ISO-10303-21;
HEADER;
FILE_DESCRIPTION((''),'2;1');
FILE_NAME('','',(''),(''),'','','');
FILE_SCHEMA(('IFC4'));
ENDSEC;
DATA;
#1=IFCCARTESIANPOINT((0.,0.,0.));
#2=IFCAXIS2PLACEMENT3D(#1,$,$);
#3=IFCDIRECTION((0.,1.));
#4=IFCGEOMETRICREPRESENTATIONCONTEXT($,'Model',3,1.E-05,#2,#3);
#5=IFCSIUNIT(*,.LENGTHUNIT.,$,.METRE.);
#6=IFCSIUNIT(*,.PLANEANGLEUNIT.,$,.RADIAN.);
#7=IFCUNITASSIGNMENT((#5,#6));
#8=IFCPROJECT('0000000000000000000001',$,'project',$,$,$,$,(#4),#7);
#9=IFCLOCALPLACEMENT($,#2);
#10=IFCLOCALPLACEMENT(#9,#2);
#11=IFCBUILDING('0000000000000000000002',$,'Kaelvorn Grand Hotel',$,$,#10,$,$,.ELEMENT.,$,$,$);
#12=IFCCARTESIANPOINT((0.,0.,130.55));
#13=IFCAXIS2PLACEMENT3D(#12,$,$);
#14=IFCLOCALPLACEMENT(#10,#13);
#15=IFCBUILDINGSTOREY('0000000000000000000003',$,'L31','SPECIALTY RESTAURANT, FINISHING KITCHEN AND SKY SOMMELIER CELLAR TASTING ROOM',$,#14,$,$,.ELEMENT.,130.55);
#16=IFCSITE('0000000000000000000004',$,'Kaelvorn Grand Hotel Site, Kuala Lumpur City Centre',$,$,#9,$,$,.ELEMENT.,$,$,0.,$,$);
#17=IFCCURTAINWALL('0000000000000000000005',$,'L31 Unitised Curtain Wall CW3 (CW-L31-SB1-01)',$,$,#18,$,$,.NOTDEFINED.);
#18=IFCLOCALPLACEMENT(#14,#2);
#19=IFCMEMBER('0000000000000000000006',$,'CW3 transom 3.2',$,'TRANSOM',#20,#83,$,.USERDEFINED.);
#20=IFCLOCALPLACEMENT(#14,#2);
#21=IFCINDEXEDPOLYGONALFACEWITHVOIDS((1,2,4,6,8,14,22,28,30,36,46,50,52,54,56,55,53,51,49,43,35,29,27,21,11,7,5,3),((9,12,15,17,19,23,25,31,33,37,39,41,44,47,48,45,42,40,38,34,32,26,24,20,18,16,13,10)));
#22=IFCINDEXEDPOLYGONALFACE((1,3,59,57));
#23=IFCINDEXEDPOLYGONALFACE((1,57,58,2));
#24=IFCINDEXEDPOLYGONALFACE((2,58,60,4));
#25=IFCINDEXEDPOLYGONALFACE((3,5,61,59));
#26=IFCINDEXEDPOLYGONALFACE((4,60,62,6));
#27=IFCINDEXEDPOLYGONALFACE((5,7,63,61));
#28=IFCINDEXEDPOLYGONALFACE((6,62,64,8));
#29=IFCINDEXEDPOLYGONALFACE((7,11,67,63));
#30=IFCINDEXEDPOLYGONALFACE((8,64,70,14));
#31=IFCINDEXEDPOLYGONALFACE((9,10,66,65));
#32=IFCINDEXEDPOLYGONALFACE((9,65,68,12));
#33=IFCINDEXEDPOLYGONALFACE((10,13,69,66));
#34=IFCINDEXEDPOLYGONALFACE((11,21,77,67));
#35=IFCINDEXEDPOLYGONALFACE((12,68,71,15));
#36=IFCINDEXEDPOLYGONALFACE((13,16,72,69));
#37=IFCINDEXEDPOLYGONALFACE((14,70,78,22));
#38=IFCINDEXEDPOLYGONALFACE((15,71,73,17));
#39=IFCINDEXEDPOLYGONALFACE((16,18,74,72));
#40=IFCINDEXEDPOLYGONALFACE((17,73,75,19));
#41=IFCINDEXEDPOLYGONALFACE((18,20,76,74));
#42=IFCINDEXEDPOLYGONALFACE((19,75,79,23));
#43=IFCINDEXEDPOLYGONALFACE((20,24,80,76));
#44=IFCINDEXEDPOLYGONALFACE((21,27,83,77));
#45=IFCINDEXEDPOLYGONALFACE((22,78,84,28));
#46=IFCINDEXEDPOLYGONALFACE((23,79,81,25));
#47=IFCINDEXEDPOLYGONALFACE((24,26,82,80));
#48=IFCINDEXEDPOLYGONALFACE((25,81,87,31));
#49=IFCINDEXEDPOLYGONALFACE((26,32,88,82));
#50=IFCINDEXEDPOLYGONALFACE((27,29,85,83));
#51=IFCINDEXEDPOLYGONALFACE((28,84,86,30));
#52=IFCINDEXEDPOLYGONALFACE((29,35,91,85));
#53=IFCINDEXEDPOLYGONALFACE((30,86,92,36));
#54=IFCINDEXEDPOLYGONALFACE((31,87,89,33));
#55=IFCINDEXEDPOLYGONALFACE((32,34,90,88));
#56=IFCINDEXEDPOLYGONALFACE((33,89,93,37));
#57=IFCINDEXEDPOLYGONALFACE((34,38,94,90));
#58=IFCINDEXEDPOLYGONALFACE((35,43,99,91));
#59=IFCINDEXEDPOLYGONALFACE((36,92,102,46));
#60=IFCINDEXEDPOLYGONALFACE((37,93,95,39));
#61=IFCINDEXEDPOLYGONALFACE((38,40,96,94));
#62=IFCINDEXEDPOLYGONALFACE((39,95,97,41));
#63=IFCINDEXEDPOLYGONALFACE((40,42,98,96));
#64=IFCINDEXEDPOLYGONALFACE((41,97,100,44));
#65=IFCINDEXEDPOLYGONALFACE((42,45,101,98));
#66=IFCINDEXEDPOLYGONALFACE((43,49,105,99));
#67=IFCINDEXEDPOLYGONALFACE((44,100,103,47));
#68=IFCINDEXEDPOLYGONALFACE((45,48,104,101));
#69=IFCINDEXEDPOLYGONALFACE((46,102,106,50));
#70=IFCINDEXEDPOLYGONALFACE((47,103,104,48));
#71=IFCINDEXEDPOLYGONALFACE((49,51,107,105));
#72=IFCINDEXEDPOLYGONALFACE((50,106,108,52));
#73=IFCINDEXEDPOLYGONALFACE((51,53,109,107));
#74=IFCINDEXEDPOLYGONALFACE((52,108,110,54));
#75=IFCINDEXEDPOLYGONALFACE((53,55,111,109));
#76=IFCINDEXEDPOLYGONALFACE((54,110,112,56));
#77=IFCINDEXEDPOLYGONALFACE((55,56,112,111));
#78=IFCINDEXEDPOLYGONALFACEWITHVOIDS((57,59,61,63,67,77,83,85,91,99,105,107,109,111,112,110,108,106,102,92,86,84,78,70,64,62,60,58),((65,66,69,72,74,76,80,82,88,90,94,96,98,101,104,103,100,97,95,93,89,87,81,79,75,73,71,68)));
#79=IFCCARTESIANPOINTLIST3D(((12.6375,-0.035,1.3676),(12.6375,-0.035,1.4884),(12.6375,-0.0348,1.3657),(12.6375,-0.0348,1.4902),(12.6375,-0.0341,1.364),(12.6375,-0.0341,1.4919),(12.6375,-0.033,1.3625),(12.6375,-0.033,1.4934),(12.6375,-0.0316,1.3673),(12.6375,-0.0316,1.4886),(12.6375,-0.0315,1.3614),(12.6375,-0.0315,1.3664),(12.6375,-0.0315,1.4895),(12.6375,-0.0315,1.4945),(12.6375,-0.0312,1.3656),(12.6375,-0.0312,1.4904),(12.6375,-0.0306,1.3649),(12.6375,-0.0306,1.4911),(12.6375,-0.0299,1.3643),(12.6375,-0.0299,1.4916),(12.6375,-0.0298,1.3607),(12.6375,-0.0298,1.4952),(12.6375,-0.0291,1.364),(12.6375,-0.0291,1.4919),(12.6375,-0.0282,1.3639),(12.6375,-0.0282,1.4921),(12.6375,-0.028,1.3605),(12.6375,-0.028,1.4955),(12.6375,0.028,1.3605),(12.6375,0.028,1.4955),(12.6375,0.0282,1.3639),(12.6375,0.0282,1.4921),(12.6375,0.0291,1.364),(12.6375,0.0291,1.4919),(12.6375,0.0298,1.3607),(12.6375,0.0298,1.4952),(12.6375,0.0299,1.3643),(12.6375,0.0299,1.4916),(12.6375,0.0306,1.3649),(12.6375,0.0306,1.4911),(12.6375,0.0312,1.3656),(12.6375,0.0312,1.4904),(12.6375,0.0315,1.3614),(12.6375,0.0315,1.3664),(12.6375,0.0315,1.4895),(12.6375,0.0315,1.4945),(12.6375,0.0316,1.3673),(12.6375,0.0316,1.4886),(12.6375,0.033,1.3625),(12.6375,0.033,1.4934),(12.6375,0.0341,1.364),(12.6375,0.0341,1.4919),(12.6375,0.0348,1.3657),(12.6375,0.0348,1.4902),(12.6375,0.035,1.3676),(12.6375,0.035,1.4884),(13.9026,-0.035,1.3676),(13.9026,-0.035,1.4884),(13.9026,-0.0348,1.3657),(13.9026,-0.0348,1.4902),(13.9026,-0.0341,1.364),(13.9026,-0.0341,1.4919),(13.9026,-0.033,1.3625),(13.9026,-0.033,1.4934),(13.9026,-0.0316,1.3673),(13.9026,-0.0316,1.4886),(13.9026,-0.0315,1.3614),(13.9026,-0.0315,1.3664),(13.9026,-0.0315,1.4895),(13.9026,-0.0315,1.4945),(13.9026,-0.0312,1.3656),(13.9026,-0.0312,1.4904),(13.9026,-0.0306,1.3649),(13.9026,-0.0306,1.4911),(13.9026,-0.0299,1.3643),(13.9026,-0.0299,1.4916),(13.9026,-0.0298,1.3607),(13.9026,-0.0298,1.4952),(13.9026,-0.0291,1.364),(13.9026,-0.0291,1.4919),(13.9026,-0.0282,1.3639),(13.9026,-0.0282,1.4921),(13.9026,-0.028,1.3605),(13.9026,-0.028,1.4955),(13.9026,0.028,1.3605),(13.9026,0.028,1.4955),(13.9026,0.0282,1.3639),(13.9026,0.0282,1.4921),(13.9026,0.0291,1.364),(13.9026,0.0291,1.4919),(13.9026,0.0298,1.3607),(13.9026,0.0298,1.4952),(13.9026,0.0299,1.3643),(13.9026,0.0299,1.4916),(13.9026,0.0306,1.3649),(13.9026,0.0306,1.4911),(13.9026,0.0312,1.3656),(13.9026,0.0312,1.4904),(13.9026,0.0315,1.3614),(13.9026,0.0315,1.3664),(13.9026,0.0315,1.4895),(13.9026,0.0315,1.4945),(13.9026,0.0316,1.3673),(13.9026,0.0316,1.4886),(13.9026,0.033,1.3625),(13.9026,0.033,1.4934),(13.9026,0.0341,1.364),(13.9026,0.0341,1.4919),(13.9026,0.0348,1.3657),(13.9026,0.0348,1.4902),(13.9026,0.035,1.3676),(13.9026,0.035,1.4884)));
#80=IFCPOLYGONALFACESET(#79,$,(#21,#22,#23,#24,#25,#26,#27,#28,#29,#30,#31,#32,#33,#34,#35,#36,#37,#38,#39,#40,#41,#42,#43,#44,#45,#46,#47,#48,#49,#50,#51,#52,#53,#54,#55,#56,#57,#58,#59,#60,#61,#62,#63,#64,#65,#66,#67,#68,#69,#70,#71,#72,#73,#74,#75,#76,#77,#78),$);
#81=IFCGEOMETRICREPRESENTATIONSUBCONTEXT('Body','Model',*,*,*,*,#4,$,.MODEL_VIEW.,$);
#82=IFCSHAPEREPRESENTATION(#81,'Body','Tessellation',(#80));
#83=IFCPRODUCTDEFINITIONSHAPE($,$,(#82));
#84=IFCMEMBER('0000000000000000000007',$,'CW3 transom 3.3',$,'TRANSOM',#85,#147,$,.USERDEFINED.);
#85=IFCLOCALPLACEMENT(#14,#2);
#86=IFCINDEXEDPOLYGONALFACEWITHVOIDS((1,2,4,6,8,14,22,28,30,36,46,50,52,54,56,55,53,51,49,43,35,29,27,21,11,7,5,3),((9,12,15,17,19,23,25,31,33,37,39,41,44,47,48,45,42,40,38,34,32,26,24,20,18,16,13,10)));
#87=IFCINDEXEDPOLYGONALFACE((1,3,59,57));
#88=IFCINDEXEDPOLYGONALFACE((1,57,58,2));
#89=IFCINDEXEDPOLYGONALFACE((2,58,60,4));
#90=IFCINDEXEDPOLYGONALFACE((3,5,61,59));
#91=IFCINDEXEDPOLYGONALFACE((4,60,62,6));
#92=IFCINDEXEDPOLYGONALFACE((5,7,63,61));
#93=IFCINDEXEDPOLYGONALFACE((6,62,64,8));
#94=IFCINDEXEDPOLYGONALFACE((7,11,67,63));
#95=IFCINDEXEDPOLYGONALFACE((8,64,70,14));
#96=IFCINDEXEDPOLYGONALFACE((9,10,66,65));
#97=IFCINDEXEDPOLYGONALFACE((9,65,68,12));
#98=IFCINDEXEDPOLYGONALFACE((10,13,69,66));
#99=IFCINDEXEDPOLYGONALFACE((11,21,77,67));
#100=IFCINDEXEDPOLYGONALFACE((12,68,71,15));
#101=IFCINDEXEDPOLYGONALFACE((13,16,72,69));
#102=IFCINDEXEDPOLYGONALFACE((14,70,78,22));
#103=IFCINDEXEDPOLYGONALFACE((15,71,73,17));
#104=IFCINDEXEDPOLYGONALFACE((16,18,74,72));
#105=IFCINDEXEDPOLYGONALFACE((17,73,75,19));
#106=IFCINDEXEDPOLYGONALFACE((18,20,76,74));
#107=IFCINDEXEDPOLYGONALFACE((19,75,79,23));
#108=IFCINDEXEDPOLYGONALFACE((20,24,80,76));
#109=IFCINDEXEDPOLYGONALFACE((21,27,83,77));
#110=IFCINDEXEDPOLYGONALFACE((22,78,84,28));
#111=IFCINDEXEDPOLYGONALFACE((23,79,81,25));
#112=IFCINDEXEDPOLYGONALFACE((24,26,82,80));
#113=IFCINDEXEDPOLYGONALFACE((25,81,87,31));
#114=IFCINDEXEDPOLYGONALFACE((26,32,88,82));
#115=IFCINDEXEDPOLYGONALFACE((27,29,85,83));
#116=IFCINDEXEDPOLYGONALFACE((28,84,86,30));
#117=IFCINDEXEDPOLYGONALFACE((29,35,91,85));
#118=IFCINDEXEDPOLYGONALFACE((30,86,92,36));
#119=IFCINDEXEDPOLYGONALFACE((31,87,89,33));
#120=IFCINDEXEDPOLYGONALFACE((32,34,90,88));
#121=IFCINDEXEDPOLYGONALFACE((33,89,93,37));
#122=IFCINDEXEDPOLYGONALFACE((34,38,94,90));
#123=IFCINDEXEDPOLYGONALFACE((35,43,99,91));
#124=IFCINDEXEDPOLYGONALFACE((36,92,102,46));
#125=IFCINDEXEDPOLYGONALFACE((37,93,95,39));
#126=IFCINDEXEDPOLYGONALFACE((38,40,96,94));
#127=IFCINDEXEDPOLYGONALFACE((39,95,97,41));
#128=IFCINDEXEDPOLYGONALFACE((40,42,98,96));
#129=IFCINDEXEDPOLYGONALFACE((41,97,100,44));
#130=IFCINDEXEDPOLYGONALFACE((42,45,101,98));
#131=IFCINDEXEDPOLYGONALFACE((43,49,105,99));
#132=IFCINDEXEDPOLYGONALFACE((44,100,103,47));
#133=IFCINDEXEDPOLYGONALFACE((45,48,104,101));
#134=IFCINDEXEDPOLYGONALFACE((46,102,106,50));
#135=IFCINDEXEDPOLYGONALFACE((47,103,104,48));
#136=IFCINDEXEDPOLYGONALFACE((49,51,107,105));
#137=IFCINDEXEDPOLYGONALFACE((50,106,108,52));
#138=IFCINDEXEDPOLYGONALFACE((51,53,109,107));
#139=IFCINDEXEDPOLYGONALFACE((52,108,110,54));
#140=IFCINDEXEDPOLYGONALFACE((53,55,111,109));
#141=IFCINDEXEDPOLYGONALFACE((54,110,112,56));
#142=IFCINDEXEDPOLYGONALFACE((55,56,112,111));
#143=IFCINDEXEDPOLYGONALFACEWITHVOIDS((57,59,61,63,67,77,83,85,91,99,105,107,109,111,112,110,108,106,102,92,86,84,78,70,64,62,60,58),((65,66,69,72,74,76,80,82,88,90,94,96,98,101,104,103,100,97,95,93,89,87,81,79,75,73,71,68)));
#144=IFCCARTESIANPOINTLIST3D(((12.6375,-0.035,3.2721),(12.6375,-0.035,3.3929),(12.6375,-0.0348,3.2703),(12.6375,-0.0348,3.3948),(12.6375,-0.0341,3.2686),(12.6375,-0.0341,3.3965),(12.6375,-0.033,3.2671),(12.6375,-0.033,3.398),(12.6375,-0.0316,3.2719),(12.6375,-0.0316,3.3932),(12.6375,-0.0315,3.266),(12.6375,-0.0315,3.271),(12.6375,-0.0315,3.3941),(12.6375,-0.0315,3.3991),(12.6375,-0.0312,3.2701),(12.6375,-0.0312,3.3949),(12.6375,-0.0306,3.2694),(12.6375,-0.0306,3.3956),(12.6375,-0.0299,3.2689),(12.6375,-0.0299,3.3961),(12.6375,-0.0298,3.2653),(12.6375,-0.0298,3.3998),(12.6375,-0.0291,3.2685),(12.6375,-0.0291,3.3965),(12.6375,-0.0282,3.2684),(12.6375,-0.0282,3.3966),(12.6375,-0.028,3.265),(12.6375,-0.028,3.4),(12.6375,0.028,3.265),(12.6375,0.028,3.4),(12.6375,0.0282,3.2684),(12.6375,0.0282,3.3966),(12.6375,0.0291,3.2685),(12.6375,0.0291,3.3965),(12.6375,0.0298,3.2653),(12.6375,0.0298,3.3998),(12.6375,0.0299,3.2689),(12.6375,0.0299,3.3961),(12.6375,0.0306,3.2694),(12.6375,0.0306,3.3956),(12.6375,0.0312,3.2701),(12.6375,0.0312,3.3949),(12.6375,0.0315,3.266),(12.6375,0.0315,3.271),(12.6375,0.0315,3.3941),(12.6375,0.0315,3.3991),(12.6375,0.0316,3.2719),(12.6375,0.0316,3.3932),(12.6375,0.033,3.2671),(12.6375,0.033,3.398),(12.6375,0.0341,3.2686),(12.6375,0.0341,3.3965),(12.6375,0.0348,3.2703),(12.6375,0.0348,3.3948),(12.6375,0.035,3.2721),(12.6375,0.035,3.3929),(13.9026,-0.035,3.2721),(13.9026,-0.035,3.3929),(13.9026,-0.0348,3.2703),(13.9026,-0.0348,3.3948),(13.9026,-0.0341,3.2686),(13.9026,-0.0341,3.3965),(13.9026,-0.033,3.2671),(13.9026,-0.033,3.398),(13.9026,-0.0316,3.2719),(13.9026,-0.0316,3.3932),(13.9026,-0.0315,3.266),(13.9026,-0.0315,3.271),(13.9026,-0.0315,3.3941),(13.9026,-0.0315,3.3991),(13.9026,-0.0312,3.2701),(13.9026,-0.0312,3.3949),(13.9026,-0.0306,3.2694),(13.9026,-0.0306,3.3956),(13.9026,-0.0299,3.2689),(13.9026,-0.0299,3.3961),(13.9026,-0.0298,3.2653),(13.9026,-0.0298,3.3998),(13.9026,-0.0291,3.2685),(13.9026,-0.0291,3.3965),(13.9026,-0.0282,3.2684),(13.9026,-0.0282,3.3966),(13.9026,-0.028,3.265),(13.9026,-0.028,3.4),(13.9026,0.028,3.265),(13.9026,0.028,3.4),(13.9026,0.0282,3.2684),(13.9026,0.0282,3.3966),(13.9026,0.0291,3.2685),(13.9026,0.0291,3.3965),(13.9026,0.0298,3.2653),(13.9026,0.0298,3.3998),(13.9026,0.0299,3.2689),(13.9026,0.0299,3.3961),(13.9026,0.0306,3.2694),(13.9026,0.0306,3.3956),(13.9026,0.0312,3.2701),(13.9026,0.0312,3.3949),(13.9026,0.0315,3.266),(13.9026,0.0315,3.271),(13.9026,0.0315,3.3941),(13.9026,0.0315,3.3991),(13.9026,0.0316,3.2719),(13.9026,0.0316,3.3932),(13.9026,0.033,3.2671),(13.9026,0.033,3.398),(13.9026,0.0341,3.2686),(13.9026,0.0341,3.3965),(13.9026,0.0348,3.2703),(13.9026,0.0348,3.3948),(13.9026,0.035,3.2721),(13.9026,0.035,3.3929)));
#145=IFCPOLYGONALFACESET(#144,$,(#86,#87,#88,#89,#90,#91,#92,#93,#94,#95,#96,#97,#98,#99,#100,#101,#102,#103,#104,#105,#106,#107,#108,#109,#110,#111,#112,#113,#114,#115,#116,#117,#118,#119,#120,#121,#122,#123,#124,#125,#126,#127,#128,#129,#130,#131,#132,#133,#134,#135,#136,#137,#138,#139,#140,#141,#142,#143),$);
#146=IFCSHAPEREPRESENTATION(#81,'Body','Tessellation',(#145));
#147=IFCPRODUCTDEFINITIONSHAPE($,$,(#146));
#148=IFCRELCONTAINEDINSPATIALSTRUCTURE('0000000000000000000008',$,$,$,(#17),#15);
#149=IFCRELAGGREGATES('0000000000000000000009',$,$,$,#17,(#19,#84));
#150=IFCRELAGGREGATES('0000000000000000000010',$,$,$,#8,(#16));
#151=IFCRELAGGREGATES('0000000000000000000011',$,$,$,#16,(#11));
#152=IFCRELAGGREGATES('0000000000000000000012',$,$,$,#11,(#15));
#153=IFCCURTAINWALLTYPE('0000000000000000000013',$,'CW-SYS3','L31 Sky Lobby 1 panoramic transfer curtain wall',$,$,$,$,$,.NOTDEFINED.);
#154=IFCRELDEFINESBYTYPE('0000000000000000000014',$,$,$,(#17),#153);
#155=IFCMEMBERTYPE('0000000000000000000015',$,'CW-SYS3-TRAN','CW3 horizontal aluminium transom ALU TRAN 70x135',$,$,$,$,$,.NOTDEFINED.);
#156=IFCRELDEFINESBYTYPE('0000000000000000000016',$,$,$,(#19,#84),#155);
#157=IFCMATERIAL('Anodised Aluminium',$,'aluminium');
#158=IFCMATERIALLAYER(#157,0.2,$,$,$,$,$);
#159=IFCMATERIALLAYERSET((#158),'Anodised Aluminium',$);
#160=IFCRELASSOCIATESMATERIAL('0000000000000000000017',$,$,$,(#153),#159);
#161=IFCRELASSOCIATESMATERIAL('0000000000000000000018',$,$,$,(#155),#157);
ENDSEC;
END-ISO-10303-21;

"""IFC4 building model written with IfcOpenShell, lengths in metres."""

from ifc_helpers import new_model, si_unit, direction, frame, origin, origin_2d, place, context, subcontext, project, spatial, hollow_rectangle, extrude, material, layer, layer_set, material_profile, profile_set, type_object, element, aggregate, save


model = new_model("IFC4")

# Units and contexts
model_context = context("Model", 3, precision=1e-05, world=origin(), true_north=direction((0.0, 1.0)))
body_context = subcontext(model_context, "Body", "Model", "MODEL_VIEW")
ifc_project = project(units=[si_unit("LENGTHUNIT", "METRE"), si_unit("PLANEANGLEUNIT", "RADIAN")], contexts=[model_context])

# Site, building, storey
site_placement = place(None, origin())
site = spatial("IfcSite", under=ifc_project, at=site_placement, Name="Kaelvorn Grand Hotel Site, Kuala Lumpur City Centre", CompositionType="ELEMENT", RefElevation=0.0)
building_placement = place(site_placement, origin())
building = spatial("IfcBuilding", under=site, at=building_placement, Name="Kaelvorn Grand Hotel", CompositionType="ELEMENT")
storey_placement = place(building_placement, frame((0.0, 0.0, 130.55)))
storey = spatial("IfcBuildingStorey", under=building, at=storey_placement, Name="L31", Description="SPECIALTY RESTAURANT, FINISHING KITCHEN AND SKY SOMMELIER CELLAR TASTING ROOM", CompositionType="ELEMENT", Elevation=130.55)

# Curtain wall, members
ifc_material_1 = material(Name="Anodised Aluminium", Category="aluminium")
ifc_layer_1 = layer(ifc_material_1, 0.2)
ifc_layer_set_1 = layer_set([ifc_layer_1], Name="Anodised Aluminium")
curtain_wall_type = type_object("IfcCurtainWallType", Name="CW-SYS3", Description="L31 Sky Lobby 1 panoramic transfer curtain wall", PredefinedType="NOTDEFINED", material=ifc_layer_set_1)
curtain_wall_placement = place(storey_placement, origin())
curtain_wall = element("IfcCurtainWall", 1, at=curtain_wall_placement, inside=storey, type_object=curtain_wall_type, Name="L31 Unitised Curtain Wall CW3 (CW-L31-SB1-01)", PredefinedType="NOTDEFINED")
ifc_material_profile_1 = material_profile(ifc_material_1, hollow_rectangle(XDim=0.0701, YDim=0.135, WallThickness=0.0034, InnerFilletRadius=0.0034, OuterFilletRadius=0.0071, at=origin_2d()), Name="ALU TRAN 70x135")
ifc_profile_set_1 = profile_set([ifc_material_profile_1], Name="Anodised Aluminium")
member_type_1 = type_object("IfcMemberType", Name="CW-SYS3-TRAN", Description="CW3 horizontal aluminium transom ALU TRAN 70x135", PredefinedType="NOTDEFINED", material=ifc_profile_set_1)
member_1_placement = place(storey_placement, frame((12.6375, 0.0, 1.428), z_axis=(1.0, 0.0, 0.0), x_axis=(0.0, 1.0, 0.0)))
member_1 = element("IfcMember", 2, at=member_1_placement, type_object=member_type_1, Name="CW3 transom 3.2", ObjectType="TRANSOM", PredefinedType="USERDEFINED", context=body_context, shape_type="SweptSolid", body=[
    extrude(hollow_rectangle(XDim=0.0701, YDim=0.135, WallThickness=0.0034, InnerFilletRadius=0.0034, OuterFilletRadius=0.0071, at=origin_2d()), origin(), (0.0, 0.0, 1.0), 1.2651),
])
member_2_placement = place(storey_placement, frame((12.6375, 0.0, 3.3325), z_axis=(1.0, 0.0, 0.0), x_axis=(0.0, 1.0, 0.0)))
member_2 = element("IfcMember", 3, at=member_2_placement, type_object=member_type_1, Name="CW3 transom 3.3", ObjectType="TRANSOM", PredefinedType="USERDEFINED", context=body_context, shape_type="SweptSolid", body=[
    extrude(hollow_rectangle(XDim=0.0701, YDim=0.135, WallThickness=0.0034, InnerFilletRadius=0.0034, OuterFilletRadius=0.0071, at=origin_2d()), origin(), (0.0, 0.0, 1.0), 1.2651),
])
aggregate(curtain_wall, [member_1, member_2])

save(model, "model.ifc")
